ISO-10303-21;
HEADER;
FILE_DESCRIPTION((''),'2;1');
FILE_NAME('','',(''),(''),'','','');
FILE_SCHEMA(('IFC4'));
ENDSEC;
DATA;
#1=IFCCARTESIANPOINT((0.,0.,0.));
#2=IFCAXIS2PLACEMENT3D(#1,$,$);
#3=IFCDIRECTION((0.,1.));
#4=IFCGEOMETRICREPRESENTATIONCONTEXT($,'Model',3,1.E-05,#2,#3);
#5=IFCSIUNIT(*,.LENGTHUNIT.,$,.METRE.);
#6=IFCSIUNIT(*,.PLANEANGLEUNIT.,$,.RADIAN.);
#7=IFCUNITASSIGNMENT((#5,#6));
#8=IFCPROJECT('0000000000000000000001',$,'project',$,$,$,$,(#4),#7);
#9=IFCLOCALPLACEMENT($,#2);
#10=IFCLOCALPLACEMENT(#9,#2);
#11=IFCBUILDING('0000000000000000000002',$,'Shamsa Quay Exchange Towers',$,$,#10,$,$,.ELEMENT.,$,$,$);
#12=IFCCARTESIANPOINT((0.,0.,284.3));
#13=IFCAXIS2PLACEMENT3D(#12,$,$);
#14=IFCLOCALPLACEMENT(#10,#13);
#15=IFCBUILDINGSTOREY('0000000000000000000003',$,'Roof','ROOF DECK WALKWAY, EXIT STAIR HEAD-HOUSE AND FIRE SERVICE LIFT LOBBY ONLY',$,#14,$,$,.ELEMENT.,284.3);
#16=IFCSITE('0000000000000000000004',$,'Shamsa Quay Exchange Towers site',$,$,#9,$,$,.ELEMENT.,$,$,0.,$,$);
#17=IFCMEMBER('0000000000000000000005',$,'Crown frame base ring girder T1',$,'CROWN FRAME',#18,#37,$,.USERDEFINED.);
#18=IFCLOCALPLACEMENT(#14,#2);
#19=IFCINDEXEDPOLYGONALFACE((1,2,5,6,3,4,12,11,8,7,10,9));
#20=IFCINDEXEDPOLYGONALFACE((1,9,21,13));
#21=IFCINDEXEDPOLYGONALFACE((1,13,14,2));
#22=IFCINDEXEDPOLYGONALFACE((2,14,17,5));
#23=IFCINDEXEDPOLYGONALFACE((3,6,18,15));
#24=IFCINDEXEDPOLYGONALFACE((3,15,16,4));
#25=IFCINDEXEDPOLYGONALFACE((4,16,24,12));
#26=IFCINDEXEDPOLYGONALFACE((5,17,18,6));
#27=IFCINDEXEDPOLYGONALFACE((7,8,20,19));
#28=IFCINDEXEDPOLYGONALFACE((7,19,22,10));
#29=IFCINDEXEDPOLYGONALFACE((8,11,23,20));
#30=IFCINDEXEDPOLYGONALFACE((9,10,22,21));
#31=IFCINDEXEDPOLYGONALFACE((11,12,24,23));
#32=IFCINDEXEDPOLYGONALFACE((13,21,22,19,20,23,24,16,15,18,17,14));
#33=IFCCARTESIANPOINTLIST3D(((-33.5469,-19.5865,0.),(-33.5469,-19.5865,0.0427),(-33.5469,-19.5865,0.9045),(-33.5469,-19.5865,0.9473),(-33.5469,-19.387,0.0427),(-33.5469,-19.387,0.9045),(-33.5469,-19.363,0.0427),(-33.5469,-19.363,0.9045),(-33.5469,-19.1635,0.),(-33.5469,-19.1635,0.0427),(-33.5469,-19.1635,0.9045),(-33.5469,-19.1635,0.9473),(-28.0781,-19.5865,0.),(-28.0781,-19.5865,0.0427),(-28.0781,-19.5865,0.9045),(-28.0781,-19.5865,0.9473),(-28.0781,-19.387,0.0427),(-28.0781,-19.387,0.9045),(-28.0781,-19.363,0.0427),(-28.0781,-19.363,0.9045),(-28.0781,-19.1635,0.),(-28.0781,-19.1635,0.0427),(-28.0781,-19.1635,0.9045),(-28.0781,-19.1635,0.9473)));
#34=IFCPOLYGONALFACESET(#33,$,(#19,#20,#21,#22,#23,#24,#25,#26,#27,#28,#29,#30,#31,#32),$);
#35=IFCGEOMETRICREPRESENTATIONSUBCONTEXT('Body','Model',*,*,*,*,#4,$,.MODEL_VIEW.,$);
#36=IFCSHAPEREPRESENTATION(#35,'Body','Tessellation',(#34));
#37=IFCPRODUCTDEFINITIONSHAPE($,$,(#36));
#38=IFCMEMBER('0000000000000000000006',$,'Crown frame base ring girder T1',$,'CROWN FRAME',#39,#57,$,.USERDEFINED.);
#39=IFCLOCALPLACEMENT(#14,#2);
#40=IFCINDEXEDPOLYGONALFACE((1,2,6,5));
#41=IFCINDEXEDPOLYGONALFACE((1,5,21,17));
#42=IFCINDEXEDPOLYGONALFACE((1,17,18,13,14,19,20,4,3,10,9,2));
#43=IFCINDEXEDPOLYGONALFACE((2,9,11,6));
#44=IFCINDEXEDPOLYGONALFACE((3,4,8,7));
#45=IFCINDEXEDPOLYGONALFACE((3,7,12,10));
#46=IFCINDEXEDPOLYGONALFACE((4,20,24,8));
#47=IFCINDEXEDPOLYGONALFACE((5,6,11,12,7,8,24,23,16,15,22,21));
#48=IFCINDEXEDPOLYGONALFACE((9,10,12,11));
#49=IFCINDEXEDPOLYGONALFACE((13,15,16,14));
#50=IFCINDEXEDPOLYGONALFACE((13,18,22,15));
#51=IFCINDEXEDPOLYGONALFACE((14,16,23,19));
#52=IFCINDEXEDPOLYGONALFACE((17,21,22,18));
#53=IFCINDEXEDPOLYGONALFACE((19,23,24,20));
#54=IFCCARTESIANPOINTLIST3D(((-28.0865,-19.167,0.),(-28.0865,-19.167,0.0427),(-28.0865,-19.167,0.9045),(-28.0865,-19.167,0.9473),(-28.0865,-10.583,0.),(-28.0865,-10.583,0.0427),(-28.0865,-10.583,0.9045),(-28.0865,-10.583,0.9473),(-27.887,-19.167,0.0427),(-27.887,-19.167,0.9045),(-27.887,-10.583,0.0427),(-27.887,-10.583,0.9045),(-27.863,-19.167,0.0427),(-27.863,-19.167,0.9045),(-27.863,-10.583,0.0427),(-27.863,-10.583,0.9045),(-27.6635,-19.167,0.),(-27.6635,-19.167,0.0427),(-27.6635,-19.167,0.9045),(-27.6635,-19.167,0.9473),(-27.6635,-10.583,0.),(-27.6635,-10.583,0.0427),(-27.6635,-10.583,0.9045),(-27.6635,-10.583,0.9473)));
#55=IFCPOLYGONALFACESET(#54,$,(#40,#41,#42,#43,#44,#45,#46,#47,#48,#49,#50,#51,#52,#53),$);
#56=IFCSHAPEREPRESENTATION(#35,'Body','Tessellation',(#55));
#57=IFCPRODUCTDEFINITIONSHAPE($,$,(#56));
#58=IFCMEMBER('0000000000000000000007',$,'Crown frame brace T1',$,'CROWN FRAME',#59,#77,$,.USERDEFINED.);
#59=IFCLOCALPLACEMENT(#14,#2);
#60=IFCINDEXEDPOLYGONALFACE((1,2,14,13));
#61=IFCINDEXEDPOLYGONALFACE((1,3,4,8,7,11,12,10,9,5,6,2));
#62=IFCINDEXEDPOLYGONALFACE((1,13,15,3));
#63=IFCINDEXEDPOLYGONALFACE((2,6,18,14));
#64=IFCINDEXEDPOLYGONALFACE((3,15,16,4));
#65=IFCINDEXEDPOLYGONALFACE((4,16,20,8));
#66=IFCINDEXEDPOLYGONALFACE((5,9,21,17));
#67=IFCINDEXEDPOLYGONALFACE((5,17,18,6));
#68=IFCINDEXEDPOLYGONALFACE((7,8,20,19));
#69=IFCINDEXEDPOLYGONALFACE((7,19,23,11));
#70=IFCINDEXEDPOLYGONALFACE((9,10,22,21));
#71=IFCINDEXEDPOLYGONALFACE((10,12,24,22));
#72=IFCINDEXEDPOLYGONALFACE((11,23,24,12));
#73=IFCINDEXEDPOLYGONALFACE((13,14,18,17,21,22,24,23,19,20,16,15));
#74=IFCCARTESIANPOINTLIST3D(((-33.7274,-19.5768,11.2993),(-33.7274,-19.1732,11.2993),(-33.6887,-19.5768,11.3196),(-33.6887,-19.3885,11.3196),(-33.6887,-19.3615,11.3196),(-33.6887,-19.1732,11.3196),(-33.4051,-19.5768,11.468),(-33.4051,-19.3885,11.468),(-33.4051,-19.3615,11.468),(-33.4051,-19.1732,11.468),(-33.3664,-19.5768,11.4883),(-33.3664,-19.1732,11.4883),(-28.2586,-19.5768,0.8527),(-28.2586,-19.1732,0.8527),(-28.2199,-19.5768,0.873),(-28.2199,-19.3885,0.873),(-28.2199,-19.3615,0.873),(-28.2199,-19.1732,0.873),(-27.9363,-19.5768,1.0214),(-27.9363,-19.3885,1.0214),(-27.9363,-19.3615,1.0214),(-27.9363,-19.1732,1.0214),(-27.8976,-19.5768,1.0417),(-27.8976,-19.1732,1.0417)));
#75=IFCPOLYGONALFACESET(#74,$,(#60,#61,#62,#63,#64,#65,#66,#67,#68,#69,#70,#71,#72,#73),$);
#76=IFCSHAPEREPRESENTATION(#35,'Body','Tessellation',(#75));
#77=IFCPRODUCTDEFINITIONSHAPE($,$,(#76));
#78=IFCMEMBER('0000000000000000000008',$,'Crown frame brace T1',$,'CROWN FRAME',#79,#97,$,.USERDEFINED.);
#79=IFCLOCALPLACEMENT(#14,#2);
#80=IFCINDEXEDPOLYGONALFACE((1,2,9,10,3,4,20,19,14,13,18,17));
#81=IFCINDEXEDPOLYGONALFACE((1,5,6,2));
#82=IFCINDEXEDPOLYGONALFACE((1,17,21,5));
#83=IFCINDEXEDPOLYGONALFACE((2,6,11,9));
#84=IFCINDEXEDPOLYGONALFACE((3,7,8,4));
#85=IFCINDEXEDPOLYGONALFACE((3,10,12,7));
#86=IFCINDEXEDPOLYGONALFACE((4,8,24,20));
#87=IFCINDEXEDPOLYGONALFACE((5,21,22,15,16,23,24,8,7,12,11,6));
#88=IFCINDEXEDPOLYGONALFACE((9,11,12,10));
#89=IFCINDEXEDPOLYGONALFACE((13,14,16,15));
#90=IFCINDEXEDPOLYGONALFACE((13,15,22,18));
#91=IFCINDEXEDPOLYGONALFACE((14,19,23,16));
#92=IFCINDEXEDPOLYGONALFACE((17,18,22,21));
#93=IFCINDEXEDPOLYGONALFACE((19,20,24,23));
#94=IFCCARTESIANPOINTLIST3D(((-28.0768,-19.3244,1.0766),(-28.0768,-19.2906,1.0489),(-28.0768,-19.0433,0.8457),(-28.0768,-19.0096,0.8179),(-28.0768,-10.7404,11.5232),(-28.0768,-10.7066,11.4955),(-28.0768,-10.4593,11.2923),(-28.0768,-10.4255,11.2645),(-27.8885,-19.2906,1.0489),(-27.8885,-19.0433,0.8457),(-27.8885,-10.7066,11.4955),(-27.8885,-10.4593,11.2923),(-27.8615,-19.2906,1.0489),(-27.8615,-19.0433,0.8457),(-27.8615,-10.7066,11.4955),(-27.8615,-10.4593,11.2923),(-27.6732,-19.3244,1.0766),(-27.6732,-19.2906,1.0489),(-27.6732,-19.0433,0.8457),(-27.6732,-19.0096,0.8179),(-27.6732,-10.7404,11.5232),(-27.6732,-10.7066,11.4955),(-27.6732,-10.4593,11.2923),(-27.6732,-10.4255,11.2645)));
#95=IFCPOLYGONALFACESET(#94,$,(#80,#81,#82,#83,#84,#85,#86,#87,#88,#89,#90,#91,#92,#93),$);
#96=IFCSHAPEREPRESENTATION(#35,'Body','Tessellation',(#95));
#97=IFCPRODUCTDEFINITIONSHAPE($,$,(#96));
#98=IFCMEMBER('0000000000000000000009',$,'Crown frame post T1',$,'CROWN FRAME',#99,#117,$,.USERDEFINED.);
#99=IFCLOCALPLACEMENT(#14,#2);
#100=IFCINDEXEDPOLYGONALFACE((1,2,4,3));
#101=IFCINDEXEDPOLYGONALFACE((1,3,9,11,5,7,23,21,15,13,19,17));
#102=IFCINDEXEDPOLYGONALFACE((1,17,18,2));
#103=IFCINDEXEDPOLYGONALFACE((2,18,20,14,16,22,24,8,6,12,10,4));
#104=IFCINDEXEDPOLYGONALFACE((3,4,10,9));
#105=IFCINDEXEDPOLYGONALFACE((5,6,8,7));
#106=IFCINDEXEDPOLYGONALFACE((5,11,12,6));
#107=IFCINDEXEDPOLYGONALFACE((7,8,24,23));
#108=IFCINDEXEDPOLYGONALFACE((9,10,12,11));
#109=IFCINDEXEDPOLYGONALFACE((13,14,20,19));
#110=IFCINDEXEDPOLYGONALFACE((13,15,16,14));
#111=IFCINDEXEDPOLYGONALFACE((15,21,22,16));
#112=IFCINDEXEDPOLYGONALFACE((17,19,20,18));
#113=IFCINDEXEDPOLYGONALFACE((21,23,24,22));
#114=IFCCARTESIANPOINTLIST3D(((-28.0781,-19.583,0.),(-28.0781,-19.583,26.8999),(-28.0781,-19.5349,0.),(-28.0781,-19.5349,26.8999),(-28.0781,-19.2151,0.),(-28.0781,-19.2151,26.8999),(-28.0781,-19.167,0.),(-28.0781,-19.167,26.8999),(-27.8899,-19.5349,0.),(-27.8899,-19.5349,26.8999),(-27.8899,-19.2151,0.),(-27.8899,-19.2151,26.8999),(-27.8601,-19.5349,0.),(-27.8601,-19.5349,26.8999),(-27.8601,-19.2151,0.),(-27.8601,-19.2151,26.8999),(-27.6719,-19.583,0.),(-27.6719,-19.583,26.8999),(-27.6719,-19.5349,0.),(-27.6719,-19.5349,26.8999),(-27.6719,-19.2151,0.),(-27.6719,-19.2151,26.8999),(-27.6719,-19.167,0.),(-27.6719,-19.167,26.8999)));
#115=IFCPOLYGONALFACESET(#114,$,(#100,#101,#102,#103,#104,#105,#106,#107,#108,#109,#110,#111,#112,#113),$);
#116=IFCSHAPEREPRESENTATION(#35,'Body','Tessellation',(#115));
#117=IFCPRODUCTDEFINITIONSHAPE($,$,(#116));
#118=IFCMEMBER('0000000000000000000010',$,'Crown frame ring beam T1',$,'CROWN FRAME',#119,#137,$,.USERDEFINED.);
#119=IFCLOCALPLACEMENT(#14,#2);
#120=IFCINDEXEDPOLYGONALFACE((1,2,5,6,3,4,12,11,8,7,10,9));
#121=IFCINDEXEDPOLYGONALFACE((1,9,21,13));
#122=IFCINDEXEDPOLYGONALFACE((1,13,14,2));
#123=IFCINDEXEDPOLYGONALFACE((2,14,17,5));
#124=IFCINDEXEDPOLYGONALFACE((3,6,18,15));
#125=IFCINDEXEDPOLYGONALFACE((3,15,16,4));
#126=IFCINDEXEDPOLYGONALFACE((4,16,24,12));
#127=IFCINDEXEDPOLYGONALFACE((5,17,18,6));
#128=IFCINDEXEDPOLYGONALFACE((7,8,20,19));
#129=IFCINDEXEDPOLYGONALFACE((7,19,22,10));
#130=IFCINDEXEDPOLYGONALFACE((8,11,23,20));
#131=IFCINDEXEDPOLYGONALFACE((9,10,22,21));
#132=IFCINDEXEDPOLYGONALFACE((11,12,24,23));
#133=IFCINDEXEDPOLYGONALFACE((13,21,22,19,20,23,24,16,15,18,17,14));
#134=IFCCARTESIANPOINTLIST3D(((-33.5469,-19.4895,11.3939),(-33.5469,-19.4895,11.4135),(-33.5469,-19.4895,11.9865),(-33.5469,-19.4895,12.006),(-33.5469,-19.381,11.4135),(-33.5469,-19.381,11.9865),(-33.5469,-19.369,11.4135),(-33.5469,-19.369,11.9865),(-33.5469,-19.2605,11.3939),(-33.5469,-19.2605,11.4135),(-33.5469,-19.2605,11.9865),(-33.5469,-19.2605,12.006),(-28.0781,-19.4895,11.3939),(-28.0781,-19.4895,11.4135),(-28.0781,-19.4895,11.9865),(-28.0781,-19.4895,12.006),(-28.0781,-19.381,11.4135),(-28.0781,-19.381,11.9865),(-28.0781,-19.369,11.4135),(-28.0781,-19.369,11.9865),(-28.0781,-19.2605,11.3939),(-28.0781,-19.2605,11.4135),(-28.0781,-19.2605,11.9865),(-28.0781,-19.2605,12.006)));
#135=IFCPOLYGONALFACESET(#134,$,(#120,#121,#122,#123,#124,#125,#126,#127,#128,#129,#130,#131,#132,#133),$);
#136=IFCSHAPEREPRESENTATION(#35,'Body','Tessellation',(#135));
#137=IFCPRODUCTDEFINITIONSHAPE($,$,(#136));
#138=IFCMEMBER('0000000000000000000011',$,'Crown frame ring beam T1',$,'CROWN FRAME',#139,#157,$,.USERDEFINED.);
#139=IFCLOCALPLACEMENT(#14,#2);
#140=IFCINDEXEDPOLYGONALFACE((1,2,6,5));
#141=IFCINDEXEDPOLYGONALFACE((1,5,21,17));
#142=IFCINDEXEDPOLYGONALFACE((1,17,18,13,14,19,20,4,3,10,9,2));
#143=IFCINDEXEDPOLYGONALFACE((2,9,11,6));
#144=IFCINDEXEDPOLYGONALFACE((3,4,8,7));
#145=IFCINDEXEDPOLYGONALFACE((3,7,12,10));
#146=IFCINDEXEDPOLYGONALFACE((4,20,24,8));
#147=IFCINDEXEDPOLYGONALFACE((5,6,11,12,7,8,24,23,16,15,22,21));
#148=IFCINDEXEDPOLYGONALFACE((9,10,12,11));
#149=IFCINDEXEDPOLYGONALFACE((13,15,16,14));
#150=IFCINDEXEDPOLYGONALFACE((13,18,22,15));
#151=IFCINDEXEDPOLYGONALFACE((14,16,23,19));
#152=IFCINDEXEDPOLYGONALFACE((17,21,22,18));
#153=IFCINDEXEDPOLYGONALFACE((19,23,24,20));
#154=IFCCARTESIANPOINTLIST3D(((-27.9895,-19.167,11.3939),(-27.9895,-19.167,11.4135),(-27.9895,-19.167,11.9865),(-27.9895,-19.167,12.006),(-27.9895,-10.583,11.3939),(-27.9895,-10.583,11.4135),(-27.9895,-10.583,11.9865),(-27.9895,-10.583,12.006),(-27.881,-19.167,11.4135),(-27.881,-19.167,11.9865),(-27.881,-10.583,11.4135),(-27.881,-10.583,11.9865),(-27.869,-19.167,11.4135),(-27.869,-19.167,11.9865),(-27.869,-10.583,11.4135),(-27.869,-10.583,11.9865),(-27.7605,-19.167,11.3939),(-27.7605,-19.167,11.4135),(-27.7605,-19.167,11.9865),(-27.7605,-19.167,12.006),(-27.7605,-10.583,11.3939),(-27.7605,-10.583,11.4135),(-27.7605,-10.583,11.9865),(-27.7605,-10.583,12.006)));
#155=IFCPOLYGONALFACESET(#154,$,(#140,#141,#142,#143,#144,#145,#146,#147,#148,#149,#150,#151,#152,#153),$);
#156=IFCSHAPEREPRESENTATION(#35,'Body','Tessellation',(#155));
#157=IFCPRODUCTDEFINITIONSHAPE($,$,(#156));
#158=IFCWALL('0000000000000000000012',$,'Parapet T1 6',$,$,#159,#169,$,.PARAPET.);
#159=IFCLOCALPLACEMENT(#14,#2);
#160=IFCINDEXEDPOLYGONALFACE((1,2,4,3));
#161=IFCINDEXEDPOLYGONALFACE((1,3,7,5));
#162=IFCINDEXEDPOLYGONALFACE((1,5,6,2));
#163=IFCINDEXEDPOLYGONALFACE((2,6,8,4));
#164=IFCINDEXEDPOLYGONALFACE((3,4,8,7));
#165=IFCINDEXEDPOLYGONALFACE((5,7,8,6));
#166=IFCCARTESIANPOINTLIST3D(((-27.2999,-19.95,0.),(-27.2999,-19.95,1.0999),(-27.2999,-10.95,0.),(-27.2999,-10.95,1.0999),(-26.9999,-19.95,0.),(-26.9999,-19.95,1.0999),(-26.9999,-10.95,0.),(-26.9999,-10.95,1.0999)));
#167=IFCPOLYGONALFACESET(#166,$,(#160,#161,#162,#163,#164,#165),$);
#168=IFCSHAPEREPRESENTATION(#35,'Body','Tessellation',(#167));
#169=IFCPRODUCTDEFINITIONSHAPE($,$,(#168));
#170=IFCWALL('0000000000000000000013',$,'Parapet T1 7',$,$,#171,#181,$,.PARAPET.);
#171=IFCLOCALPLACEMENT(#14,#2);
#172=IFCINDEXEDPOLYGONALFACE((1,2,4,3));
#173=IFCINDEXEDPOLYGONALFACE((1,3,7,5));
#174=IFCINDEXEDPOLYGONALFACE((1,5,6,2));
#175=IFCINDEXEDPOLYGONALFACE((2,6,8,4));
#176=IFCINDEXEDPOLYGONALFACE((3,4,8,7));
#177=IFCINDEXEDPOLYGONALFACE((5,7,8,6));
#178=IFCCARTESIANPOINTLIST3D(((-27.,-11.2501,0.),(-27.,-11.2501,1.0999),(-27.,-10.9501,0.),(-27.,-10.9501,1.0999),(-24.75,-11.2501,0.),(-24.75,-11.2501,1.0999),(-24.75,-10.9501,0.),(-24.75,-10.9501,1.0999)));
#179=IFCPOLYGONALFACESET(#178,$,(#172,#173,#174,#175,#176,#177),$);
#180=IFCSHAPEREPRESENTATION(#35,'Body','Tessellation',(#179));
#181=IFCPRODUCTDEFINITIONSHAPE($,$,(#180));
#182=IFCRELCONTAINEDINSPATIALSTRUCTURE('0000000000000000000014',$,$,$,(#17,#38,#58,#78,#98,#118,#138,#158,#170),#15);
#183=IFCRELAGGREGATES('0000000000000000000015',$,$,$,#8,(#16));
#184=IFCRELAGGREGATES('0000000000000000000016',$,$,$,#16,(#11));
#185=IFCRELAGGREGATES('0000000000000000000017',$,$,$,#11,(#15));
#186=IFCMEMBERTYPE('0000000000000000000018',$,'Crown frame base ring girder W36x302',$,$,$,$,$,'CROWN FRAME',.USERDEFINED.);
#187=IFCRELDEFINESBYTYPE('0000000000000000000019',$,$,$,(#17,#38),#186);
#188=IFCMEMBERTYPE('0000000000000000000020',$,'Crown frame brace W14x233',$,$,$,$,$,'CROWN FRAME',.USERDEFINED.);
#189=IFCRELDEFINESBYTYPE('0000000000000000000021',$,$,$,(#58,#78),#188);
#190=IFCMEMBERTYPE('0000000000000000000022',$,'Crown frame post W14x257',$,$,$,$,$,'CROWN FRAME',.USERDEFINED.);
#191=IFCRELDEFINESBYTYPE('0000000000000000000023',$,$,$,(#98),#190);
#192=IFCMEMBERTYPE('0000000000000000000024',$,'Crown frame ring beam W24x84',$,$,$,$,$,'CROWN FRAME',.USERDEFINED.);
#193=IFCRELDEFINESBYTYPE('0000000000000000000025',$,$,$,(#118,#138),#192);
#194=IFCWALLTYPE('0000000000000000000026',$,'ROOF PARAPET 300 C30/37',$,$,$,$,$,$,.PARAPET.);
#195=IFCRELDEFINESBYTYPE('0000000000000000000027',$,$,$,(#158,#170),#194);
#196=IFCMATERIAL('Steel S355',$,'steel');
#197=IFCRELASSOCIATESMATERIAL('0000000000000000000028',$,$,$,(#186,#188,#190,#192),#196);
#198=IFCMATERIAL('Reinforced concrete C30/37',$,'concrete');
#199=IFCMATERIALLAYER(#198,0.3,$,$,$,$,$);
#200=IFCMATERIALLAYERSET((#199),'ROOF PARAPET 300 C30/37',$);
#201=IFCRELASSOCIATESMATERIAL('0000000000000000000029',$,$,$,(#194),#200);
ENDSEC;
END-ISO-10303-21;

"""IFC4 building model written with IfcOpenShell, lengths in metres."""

from ifc_helpers import new_model, si_unit, direction, frame, frame_2d, origin, origin_2d, place, context, subcontext, project, spatial, rectangle, i_section, extrude, material, layer, layer_set, material_profile, profile_set, type_object, element, save


model = new_model("IFC4")

# Units and contexts
model_context = context("Model", 3, precision=1e-05, world=origin(), true_north=direction((0.0, 1.0)))
body_context = subcontext(model_context, "Body", "Model", "MODEL_VIEW")
ifc_project = project(units=[si_unit("LENGTHUNIT", "METRE"), si_unit("PLANEANGLEUNIT", "RADIAN")], contexts=[model_context])

# Site, building, storey
site_placement = place(None, origin())
site = spatial("IfcSite", under=ifc_project, at=site_placement, Name="Shamsa Quay Exchange Towers site", CompositionType="ELEMENT", RefElevation=0.0)
building_placement = place(site_placement, origin())
building = spatial("IfcBuilding", under=site, at=building_placement, Name="Shamsa Quay Exchange Towers", CompositionType="ELEMENT")
storey_placement = place(building_placement, frame((0.0, 0.0, 284.3)))
storey = spatial("IfcBuildingStorey", under=building, at=storey_placement, Name="Roof", Description="ROOF DECK WALKWAY, EXIT STAIR HEAD-HOUSE AND FIRE SERVICE LIFT LOBBY ONLY", CompositionType="ELEMENT", Elevation=284.3)

# Members
ifc_material_1 = material(Name="Steel S355", Category="steel")
ifc_material_profile_1 = material_profile(ifc_material_1, i_section(OverallWidth=0.4231, OverallDepth=0.9473, WebThickness=0.0239, FlangeThickness=0.0427, at=origin_2d()), Name="W36x302")
ifc_profile_set_1 = profile_set([ifc_material_profile_1], Name="Steel S355")
member_type_1 = type_object("IfcMemberType", Name="Crown frame base ring girder W36x302", ElementType="CROWN FRAME", PredefinedType="USERDEFINED", material=ifc_profile_set_1)
member_1_placement = place(storey_placement, frame((-33.5469, -19.375, 0.4736), z_axis=(1.0, 0.0, 0.0), x_axis=(0.0, 1.0, 0.0)))
element("IfcMember", 1, at=member_1_placement, inside=storey, type_object=member_type_1, Name="Crown frame base ring girder T1", ObjectType="CROWN FRAME", PredefinedType="USERDEFINED", context=body_context, shape_type="SweptSolid", body=[
    extrude(i_section(OverallWidth=0.4231, OverallDepth=0.9473, WebThickness=0.0239, FlangeThickness=0.0427, at=origin_2d()), origin(), (0.0, 0.0, 1.0), 5.4688),
])
member_2_placement = place(storey_placement, frame((-27.875, -19.167, 0.4736), z_axis=(0.0, 1.0, 0.0), x_axis=(-1.0, 0.0, 0.0)))
element("IfcMember", 2, at=member_2_placement, inside=storey, type_object=member_type_1, Name="Crown frame base ring girder T1", ObjectType="CROWN FRAME", PredefinedType="USERDEFINED", context=body_context, shape_type="SweptSolid", body=[
    extrude(i_section(OverallWidth=0.4231, OverallDepth=0.9473, WebThickness=0.0239, FlangeThickness=0.0427, at=origin_2d()), origin(), (0.0, 0.0, 1.0), 8.584),
])
ifc_material_profile_2 = material_profile(ifc_material_1, i_section(OverallWidth=0.4036, OverallDepth=0.4075, WebThickness=0.0271, FlangeThickness=0.0437, at=origin_2d()), Name="W14x233")
ifc_profile_set_2 = profile_set([ifc_material_profile_2], Name="Steel S355")
member_type_2 = type_object("IfcMemberType", Name="Crown frame brace W14x233", ElementType="CROWN FRAME", PredefinedType="USERDEFINED", material=ifc_profile_set_2)
member_3_placement = place(storey_placement, frame((-33.5469, -19.375, 11.3938), z_axis=(0.463791, 0.0, -0.885945), x_axis=(0.0, 1.0, 0.0)))
element("IfcMember", 3, at=member_3_placement, inside=storey, type_object=member_type_2, Name="Crown frame brace T1", ObjectType="CROWN FRAME", PredefinedType="USERDEFINED", context=body_context, shape_type="SweptSolid", body=[
    extrude(i_section(OverallWidth=0.4036, OverallDepth=0.4075, WebThickness=0.0271, FlangeThickness=0.0437, at=origin_2d()), origin(), (0.0, 0.0, 1.0), 11.7915),
])
member_4_placement = place(storey_placement, frame((-27.875, -19.167, 0.9473), z_axis=(0.0, 0.634868, 0.772621), x_axis=(-1.0, 0.0, 0.0)))
element("IfcMember", 4, at=member_4_placement, inside=storey, type_object=member_type_2, Name="Crown frame brace T1", ObjectType="CROWN FRAME", PredefinedType="USERDEFINED", context=body_context, shape_type="SweptSolid", body=[
    extrude(i_section(OverallWidth=0.4036, OverallDepth=0.4075, WebThickness=0.0271, FlangeThickness=0.0437, at=origin_2d()), origin(), (0.0, 0.0, 1.0), 13.521),
])
ifc_material_profile_3 = material_profile(ifc_material_1, i_section(OverallWidth=0.4062, OverallDepth=0.416, WebThickness=0.0298, FlangeThickness=0.0481, at=origin_2d()), Name="W14x257")
ifc_profile_set_3 = profile_set([ifc_material_profile_3], Name="Steel S355")
member_type_3 = type_object("IfcMemberType", Name="Crown frame post W14x257", ElementType="CROWN FRAME", PredefinedType="USERDEFINED", material=ifc_profile_set_3)
member_5_placement = place(storey_placement, frame((-27.875, -19.375, 0.0)))
element("IfcMember", 5, at=member_5_placement, inside=storey, type_object=member_type_3, Name="Crown frame post T1", ObjectType="CROWN FRAME", PredefinedType="USERDEFINED", context=body_context, shape_type="SweptSolid", body=[
    extrude(i_section(OverallWidth=0.4062, OverallDepth=0.416, WebThickness=0.0298, FlangeThickness=0.0481, at=origin_2d()), origin(), (0.0, 0.0, 1.0), 26.8999),
])
ifc_material_profile_4 = material_profile(ifc_material_1, i_section(OverallWidth=0.229, OverallDepth=0.6121, WebThickness=0.012, FlangeThickness=0.0195, at=origin_2d()), Name="W24x84")
ifc_profile_set_4 = profile_set([ifc_material_profile_4], Name="Steel S355")
member_type_4 = type_object("IfcMemberType", Name="Crown frame ring beam W24x84", ElementType="CROWN FRAME", PredefinedType="USERDEFINED", material=ifc_profile_set_4)
member_6_placement = place(storey_placement, frame((-33.5469, -19.375, 11.7), z_axis=(1.0, 0.0, 0.0), x_axis=(0.0, 1.0, 0.0)))
element("IfcMember", 6, at=member_6_placement, inside=storey, type_object=member_type_4, Name="Crown frame ring beam T1", ObjectType="CROWN FRAME", PredefinedType="USERDEFINED", context=body_context, shape_type="SweptSolid", body=[
    extrude(i_section(OverallWidth=0.229, OverallDepth=0.6121, WebThickness=0.012, FlangeThickness=0.0195, at=origin_2d()), origin(), (0.0, 0.0, 1.0), 5.4688),
])
member_7_placement = place(storey_placement, frame((-27.875, -19.167, 11.7), z_axis=(0.0, 1.0, 0.0), x_axis=(-1.0, 0.0, 0.0)))
element("IfcMember", 7, at=member_7_placement, inside=storey, type_object=member_type_4, Name="Crown frame ring beam T1", ObjectType="CROWN FRAME", PredefinedType="USERDEFINED", context=body_context, shape_type="SweptSolid", body=[
    extrude(i_section(OverallWidth=0.229, OverallDepth=0.6121, WebThickness=0.012, FlangeThickness=0.0195, at=origin_2d()), origin(), (0.0, 0.0, 1.0), 8.584),
])

# Walls
ifc_material_2 = material(Name="Reinforced concrete C30/37", Category="concrete")
ifc_layer_1 = layer(ifc_material_2, 0.3)
ifc_layer_set_1 = layer_set([ifc_layer_1], Name="ROOF PARAPET 300 C30/37")
wall_type_1 = type_object("IfcWallType", Name="ROOF PARAPET 300 C30/37", PredefinedType="PARAPET", material=ifc_layer_set_1)
wall_1_placement = place(storey_placement, frame((-27.1499, -19.95, 0.0), z_axis=(0.0, 0.0, 1.0), x_axis=(0.0, 1.0, 0.0)))
element("IfcWall", 8, at=wall_1_placement, inside=storey, type_object=wall_type_1, Name="Parapet T1 6", PredefinedType="PARAPET", context=body_context, shape_type="SweptSolid", body=[
    extrude(rectangle(XDim=9.0, YDim=0.3, at=frame_2d((4.5, 0.0))), origin(), (0.0, 0.0, 1.0), 1.0999),
])
wall_2_placement = place(storey_placement, frame((-27.0, -11.1001, 0.0)))
element("IfcWall", 9, at=wall_2_placement, inside=storey, type_object=wall_type_1, Name="Parapet T1 7", PredefinedType="PARAPET", context=body_context, shape_type="SweptSolid", body=[
    extrude(rectangle(XDim=2.25, YDim=0.3, at=frame_2d((1.125, 0.0))), origin(), (0.0, 0.0, 1.0), 1.0999),
])

save(model, "model.ifc")
